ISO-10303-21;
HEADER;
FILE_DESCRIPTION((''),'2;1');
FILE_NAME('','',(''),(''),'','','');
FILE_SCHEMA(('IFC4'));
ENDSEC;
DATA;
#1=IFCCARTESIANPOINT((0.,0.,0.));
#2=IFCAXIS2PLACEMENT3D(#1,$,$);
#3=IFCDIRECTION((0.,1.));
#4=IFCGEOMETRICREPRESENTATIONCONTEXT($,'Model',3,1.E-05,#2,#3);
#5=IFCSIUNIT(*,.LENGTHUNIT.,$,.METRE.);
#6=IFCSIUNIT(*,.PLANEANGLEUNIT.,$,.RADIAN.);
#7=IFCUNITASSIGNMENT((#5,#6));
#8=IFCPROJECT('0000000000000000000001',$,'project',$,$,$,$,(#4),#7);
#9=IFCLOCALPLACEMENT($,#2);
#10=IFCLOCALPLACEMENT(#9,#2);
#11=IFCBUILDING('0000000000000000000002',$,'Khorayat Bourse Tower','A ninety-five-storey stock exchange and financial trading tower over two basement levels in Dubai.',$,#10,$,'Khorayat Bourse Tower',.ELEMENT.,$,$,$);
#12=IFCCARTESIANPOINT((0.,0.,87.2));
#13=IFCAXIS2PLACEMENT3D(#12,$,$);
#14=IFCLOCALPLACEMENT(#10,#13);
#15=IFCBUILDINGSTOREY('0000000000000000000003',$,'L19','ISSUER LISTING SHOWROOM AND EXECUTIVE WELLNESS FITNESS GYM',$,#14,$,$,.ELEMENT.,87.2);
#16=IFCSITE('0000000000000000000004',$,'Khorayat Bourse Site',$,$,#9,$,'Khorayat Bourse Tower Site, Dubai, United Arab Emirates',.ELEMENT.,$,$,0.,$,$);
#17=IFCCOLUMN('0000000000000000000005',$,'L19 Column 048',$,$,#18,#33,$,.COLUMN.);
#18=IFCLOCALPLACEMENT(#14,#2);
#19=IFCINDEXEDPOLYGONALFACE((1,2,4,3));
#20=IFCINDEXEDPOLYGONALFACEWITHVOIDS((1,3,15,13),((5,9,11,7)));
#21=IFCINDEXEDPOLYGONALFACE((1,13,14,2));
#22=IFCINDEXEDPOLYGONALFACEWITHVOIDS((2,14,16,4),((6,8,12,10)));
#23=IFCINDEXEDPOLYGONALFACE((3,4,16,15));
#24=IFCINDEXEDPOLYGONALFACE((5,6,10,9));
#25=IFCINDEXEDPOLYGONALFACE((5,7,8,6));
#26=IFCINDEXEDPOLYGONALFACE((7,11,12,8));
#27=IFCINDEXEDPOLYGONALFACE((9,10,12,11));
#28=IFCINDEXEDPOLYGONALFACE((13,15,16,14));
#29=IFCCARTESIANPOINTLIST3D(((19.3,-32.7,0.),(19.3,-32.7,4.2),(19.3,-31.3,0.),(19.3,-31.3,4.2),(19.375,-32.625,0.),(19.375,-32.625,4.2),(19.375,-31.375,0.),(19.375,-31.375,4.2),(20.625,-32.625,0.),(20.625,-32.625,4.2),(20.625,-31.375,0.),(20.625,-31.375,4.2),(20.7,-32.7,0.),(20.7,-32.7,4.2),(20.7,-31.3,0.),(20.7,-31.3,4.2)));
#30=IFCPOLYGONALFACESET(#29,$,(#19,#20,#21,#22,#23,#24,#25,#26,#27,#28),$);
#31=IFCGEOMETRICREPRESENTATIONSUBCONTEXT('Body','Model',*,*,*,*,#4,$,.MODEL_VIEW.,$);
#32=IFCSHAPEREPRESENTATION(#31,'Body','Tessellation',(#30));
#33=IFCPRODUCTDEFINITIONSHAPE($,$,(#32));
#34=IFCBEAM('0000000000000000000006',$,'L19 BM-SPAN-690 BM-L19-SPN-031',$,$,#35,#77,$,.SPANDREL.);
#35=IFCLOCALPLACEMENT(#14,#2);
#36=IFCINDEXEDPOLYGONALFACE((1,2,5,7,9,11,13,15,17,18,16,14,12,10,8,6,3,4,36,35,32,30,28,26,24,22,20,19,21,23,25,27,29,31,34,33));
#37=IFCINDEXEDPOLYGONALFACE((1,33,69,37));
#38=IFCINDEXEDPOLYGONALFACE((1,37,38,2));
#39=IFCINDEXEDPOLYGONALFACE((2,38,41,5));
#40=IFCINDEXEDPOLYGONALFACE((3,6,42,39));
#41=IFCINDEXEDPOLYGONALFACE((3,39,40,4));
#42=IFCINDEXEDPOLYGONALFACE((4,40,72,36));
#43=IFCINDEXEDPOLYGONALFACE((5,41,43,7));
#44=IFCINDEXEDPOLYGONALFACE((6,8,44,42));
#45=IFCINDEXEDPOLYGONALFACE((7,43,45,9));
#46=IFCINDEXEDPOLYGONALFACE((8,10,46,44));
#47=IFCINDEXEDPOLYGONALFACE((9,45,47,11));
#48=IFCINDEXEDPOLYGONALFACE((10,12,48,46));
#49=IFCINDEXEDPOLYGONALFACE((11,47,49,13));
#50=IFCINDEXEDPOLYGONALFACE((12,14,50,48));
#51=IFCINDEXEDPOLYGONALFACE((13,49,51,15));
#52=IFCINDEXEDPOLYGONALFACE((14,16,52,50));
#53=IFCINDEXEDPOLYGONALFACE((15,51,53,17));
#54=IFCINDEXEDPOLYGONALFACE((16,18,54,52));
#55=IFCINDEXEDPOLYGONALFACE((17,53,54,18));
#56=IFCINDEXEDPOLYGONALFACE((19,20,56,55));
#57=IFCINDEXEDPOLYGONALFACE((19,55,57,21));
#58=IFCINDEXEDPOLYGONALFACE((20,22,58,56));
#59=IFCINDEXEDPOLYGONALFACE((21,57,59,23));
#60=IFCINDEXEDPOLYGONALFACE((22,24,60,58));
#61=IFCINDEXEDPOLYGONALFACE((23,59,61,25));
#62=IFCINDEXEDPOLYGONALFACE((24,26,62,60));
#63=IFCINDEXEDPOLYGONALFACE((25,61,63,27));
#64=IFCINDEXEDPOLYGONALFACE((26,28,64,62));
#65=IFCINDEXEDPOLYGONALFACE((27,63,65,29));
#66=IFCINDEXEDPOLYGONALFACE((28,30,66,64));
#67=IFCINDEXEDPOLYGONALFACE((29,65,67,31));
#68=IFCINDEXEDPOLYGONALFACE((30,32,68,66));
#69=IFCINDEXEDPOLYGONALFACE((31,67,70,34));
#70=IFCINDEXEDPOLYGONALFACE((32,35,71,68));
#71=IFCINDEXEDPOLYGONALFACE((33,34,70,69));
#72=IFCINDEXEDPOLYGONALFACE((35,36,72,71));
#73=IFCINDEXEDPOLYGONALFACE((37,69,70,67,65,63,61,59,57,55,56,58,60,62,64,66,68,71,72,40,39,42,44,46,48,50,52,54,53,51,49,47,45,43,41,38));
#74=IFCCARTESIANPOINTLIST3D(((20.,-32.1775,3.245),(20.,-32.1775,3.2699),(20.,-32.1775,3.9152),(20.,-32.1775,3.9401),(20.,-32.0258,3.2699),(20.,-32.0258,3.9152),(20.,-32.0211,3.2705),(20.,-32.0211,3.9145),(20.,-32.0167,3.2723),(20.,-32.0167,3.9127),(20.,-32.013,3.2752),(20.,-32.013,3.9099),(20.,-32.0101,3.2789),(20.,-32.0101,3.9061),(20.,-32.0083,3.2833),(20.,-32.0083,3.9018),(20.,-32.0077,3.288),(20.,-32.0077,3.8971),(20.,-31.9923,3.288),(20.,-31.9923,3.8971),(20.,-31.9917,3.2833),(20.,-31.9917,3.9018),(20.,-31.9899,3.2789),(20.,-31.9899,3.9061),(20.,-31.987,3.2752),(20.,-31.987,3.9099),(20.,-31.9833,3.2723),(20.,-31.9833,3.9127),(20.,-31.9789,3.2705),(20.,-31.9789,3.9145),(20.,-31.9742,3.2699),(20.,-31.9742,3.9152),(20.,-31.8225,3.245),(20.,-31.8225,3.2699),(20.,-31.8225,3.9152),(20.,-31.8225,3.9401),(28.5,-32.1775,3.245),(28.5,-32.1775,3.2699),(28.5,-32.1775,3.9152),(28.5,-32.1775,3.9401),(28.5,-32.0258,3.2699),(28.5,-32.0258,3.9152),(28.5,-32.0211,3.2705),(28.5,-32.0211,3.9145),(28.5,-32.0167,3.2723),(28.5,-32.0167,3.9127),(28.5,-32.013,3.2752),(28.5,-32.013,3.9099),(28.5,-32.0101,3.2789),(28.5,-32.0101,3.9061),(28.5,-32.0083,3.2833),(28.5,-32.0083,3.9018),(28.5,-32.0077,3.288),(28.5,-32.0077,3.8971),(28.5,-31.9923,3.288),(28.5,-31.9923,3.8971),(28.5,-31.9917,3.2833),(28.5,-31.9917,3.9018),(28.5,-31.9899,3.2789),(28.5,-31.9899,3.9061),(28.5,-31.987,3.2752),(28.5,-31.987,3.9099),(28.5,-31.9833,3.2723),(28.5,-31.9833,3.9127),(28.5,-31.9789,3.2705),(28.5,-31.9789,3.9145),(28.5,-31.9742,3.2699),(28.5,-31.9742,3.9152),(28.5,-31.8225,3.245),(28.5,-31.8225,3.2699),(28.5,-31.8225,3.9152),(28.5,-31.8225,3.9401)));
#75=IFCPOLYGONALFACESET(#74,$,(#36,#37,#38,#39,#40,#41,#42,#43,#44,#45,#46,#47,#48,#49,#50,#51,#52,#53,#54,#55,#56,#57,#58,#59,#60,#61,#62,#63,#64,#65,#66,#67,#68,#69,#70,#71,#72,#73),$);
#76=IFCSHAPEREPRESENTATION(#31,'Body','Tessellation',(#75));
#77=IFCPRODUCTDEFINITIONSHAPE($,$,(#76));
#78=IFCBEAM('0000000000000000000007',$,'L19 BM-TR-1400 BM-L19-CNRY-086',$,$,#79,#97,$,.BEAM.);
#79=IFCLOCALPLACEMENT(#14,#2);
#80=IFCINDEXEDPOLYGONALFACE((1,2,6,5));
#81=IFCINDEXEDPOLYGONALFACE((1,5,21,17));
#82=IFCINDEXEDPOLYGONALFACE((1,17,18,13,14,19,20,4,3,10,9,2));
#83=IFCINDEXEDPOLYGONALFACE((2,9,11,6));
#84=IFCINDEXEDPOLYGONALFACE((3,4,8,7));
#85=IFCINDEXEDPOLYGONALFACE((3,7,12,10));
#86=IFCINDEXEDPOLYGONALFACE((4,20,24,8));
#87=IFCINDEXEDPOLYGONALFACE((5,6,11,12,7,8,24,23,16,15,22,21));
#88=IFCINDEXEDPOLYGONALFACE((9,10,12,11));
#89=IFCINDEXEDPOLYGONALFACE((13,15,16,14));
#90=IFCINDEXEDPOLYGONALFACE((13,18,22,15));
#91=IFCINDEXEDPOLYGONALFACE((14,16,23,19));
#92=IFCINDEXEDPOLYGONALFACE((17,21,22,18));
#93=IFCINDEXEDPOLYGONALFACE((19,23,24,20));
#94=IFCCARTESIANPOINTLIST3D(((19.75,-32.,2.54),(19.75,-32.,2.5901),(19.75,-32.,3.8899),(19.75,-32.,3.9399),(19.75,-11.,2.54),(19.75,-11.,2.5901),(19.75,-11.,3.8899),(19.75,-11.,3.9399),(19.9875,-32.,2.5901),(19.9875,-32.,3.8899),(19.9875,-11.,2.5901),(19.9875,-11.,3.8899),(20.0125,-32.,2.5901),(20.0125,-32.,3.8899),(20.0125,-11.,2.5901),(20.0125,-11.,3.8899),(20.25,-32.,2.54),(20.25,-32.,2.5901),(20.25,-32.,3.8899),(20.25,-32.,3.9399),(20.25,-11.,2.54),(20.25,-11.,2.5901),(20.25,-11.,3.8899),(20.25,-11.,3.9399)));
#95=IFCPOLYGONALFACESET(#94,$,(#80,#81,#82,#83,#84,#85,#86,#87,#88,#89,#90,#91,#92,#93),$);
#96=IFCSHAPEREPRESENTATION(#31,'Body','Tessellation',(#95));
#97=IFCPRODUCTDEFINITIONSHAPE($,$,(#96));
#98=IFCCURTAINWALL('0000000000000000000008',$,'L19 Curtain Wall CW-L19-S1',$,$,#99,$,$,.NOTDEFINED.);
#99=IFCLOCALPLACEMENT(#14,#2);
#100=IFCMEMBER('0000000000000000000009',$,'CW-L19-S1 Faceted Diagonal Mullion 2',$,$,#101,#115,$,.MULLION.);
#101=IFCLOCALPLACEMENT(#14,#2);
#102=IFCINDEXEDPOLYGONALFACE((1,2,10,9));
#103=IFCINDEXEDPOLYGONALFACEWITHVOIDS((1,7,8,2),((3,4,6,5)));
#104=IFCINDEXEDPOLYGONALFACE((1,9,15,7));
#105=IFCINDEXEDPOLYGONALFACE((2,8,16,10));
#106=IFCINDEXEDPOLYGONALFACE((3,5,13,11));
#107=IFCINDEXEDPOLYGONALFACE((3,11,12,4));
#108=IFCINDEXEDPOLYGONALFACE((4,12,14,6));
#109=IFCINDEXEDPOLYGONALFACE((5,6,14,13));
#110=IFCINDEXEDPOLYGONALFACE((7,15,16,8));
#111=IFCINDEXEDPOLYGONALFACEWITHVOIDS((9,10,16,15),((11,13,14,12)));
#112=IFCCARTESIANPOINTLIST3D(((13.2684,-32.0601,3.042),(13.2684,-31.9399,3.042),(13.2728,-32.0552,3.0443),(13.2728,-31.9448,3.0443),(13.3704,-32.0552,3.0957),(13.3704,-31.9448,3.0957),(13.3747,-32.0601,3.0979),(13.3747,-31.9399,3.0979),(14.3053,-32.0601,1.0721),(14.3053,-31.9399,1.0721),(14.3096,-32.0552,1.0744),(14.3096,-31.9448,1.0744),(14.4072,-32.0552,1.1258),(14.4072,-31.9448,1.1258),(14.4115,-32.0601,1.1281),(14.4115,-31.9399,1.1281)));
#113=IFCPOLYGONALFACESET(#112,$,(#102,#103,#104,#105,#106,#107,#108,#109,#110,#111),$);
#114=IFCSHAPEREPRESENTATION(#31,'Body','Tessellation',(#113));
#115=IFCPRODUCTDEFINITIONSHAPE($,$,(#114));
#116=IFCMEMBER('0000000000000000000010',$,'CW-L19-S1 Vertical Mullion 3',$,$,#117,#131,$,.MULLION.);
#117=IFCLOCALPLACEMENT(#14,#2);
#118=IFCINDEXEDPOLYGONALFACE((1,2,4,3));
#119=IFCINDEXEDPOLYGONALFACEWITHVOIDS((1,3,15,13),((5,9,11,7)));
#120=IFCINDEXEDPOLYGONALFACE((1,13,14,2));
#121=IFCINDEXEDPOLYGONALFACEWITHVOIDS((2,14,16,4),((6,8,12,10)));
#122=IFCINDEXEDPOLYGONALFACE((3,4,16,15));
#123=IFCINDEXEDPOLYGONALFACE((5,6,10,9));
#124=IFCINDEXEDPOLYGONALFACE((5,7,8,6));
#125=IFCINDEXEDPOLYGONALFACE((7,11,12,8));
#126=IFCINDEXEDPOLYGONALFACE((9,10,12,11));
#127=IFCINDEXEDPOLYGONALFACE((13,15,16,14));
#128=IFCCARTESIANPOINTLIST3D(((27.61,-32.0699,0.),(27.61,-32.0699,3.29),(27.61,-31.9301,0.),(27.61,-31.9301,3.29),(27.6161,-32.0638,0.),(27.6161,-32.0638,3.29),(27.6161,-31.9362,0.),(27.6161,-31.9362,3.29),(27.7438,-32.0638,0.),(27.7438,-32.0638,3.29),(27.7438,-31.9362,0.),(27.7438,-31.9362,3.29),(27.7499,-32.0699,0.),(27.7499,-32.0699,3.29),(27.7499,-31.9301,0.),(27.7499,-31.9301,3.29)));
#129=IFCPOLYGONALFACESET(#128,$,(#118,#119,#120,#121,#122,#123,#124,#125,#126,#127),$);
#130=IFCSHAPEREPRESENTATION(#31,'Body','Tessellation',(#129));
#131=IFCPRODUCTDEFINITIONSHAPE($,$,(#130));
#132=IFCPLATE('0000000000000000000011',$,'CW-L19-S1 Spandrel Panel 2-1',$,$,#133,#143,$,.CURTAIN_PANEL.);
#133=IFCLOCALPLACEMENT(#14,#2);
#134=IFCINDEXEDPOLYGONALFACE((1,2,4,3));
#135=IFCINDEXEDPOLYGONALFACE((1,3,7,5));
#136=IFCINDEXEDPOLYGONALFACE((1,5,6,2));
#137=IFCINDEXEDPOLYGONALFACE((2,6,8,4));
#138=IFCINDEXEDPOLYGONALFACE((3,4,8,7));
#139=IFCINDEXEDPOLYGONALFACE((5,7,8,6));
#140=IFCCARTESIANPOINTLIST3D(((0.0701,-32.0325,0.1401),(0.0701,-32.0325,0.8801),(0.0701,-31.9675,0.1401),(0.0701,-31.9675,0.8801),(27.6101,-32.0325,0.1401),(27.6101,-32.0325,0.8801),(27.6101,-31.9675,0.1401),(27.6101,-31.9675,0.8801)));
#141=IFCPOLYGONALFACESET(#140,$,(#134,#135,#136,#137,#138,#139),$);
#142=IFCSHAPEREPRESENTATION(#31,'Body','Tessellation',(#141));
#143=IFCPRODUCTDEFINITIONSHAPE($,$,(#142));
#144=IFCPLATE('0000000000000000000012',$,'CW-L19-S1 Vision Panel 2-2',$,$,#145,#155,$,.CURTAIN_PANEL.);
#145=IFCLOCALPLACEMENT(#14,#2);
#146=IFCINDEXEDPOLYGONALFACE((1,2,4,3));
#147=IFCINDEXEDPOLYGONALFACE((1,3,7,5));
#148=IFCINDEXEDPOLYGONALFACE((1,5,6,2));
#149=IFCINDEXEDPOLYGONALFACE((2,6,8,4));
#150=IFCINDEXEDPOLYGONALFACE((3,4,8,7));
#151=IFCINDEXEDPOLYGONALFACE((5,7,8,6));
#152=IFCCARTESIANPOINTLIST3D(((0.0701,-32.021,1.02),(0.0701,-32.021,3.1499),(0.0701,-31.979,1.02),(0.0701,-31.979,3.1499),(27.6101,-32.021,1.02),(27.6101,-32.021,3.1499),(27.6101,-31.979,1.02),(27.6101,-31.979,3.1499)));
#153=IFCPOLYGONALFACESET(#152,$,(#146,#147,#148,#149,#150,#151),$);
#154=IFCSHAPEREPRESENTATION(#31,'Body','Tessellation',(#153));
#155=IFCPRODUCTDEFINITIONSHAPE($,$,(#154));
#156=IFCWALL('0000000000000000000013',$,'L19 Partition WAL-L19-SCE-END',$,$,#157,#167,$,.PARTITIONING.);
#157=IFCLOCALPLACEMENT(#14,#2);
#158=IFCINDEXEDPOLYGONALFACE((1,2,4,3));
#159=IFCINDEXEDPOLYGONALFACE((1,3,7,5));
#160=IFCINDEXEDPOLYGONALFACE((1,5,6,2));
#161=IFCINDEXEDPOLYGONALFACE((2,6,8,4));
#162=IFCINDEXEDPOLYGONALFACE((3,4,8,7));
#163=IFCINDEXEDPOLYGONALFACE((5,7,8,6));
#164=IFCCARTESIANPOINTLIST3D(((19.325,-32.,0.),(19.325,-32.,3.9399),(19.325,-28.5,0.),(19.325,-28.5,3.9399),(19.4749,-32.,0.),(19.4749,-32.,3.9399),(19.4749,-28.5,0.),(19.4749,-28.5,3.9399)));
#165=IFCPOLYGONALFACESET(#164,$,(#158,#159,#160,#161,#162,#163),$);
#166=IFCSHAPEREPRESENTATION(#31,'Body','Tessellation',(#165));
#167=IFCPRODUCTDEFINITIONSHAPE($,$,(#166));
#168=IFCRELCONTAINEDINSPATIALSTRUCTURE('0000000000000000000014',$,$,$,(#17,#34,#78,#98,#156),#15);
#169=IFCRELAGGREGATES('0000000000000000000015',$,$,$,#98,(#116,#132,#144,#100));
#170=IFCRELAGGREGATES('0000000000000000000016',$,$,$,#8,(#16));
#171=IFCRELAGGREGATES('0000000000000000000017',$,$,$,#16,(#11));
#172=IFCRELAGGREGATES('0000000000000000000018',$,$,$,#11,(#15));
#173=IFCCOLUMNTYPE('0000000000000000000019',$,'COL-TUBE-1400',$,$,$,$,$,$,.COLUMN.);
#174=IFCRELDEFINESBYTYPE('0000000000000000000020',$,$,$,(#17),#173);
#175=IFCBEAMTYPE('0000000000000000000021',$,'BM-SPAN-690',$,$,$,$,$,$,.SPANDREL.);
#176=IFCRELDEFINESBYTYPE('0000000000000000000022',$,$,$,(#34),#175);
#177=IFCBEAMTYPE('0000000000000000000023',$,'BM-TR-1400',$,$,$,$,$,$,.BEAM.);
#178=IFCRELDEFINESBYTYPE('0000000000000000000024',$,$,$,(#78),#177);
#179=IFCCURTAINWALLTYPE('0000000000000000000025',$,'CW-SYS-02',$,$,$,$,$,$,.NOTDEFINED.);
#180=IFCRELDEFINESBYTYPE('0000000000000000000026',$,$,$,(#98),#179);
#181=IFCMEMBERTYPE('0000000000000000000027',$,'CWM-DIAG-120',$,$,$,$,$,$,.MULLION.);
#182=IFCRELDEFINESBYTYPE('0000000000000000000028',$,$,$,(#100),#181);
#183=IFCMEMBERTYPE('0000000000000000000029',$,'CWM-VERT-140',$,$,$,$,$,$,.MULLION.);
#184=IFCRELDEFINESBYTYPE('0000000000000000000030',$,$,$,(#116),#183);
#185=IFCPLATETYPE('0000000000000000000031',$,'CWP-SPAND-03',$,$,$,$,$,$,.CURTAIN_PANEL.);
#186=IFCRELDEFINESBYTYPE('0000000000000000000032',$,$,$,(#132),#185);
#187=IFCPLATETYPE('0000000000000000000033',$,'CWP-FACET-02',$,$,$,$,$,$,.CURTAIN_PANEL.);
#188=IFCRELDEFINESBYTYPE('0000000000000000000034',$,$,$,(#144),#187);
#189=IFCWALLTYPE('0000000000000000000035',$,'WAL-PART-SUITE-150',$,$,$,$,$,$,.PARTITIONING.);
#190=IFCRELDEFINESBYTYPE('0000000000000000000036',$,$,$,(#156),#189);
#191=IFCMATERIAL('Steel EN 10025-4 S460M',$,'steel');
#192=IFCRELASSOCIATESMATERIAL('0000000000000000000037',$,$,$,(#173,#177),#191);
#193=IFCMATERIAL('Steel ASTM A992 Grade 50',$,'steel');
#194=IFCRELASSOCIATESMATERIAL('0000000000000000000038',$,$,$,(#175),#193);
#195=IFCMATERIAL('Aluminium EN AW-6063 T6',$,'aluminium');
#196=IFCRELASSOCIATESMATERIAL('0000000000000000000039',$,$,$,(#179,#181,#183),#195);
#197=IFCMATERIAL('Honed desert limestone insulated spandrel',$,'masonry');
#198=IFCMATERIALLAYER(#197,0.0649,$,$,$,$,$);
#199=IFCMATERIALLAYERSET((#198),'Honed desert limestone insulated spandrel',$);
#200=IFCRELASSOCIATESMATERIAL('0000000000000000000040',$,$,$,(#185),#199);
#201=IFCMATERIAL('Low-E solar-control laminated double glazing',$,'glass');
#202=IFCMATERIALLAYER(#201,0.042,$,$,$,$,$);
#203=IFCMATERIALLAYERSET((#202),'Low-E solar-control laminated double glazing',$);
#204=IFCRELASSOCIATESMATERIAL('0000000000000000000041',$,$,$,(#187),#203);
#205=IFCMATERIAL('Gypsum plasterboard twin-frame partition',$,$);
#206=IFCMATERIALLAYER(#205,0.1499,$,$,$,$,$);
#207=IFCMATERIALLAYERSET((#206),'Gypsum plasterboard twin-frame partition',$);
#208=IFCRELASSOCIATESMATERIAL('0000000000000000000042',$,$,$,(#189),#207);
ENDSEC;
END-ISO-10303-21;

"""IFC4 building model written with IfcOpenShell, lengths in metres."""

from ifc_helpers import new_model, si_unit, direction, frame, frame_2d, origin, origin_2d, place, context, subcontext, project, spatial, rectangle, hollow_rectangle, i_section, extrude, source, transform, mapped, material, layer, layer_set, material_profile, profile_set, type_object, element, aggregate, save


model = new_model("IFC4")

# Units and contexts
model_context = context("Model", 3, precision=1e-05, world=origin(), true_north=direction((0.0, 1.0)))
body_context = subcontext(model_context, "Body", "Model", "MODEL_VIEW")
ifc_project = project(units=[si_unit("LENGTHUNIT", "METRE"), si_unit("PLANEANGLEUNIT", "RADIAN")], contexts=[model_context])

# Site, building, storey
site_placement = place(None, origin())
site = spatial("IfcSite", under=ifc_project, at=site_placement, Name="Khorayat Bourse Site", LongName="Khorayat Bourse Tower Site, Dubai, United Arab Emirates", CompositionType="ELEMENT", RefElevation=0.0)
building_placement = place(site_placement, origin())
building = spatial("IfcBuilding", under=site, at=building_placement, Name="Khorayat Bourse Tower", Description="A ninety-five-storey stock exchange and financial trading tower over two basement levels in Dubai.", LongName="Khorayat Bourse Tower", CompositionType="ELEMENT")
storey_placement = place(building_placement, frame((0.0, 0.0, 87.2)))
storey = spatial("IfcBuildingStorey", under=building, at=storey_placement, Name="L19", Description="ISSUER LISTING SHOWROOM AND EXECUTIVE WELLNESS FITNESS GYM", CompositionType="ELEMENT", Elevation=87.2)

# Column
ifc_material_1 = material(Name="Steel EN 10025-4 S460M", Category="steel")
ifc_material_profile_1 = material_profile(ifc_material_1, hollow_rectangle(XDim=1.3999, YDim=1.3999, WallThickness=0.075, at=origin_2d()), Name="BOX 1400x1400x75")
ifc_profile_set_1 = profile_set([ifc_material_profile_1], Name="Steel EN 10025-4 S460M")
column_type = type_object("IfcColumnType", Name="COL-TUBE-1400", PredefinedType="COLUMN", material=ifc_profile_set_1)
shared_shape_1 = source(origin(), body_context, "Body", "SweptSolid", [
    extrude(hollow_rectangle(XDim=1.3999, YDim=1.3999, WallThickness=0.075, at=origin_2d()), origin(), (0.0, 0.0, 1.0), 4.2),
])
column_placement = place(storey_placement, frame((20.0, -32.0, 0.0), z_axis=(0.0, 0.0, 1.0), x_axis=(1.0, 0.0, 0.0)))
element("IfcColumn", 1, at=column_placement, inside=storey, type_object=column_type, Name="L19 Column 048", PredefinedType="COLUMN", context=body_context, shape_type="MappedRepresentation", body=[
    mapped(shared_shape_1, transform((0.0, 0.0, 0.0), scale=1.0)),
])

# Beams
ifc_material_2 = material(Name="Steel ASTM A992 Grade 50", Category="steel")
ifc_material_profile_2 = material_profile(ifc_material_2, i_section(OverallWidth=0.355, OverallDepth=0.6951, WebThickness=0.0154, FlangeThickness=0.0249, FilletRadius=0.0181, at=origin_2d()), Name="W690X217")
ifc_profile_set_2 = profile_set([ifc_material_profile_2], Name="Steel ASTM A992 Grade 50")
beam_type_1 = type_object("IfcBeamType", Name="BM-SPAN-690", PredefinedType="SPANDREL", material=ifc_profile_set_2)
shared_shape_2 = source(origin(), body_context, "Body", "SweptSolid", [
    extrude(i_section(OverallWidth=0.355, OverallDepth=0.6951, WebThickness=0.0154, FlangeThickness=0.0249, FilletRadius=0.0181, at=origin_2d()), origin(), (0.0, 0.0, 1.0), 8.5),
])
beam_1_placement = place(storey_placement, frame((20.0, -32.0, 3.5925), z_axis=(1.0, 0.0, 0.0), x_axis=(0.0, 1.0, 0.0)))
element("IfcBeam", 2, at=beam_1_placement, inside=storey, type_object=beam_type_1, Name="L19 BM-SPAN-690 BM-L19-SPN-031", PredefinedType="SPANDREL", context=body_context, shape_type="MappedRepresentation", body=[
    mapped(shared_shape_2, transform((0.0, 0.0, 0.0), scale=1.0)),
])
ifc_material_profile_3 = material_profile(ifc_material_1, i_section(OverallWidth=0.5, OverallDepth=1.3999, WebThickness=0.0249, FlangeThickness=0.05, at=origin_2d()), Name="PG 1400x500x25x50")
ifc_profile_set_3 = profile_set([ifc_material_profile_3], Name="Steel EN 10025-4 S460M")
beam_type_2 = type_object("IfcBeamType", Name="BM-TR-1400", PredefinedType="BEAM", material=ifc_profile_set_3)
shared_shape_3 = source(origin(), body_context, "Body", "SweptSolid", [
    extrude(i_section(OverallWidth=0.5, OverallDepth=1.3999, WebThickness=0.0249, FlangeThickness=0.05, at=origin_2d()), origin(), (0.0, 0.0, 1.0), 21.0),
])
beam_2_placement = place(storey_placement, frame((20.0, -32.0, 3.24), z_axis=(0.0, 1.0, 0.0), x_axis=(-1.0, 0.0, 0.0)))
element("IfcBeam", 3, at=beam_2_placement, inside=storey, type_object=beam_type_2, Name="L19 BM-TR-1400 BM-L19-CNRY-086", PredefinedType="BEAM", context=body_context, shape_type="MappedRepresentation", body=[
    mapped(shared_shape_3, transform((0.0, 0.0, 0.0), scale=1.0)),
])

# Curtain wall, members, plates
ifc_material_3 = material(Name="Aluminium EN AW-6063 T6", Category="aluminium")
curtain_wall_type = type_object("IfcCurtainWallType", Name="CW-SYS-02", PredefinedType="NOTDEFINED", material=ifc_material_3)
curtain_wall_placement = place(storey_placement, origin())
curtain_wall = element("IfcCurtainWall", 4, at=curtain_wall_placement, inside=storey, type_object=curtain_wall_type, Name="L19 Curtain Wall CW-L19-S1", PredefinedType="NOTDEFINED")
ifc_material_profile_4 = material_profile(ifc_material_3, hollow_rectangle(XDim=0.1201, YDim=0.1201, WallThickness=0.0049, at=origin_2d()), Name="ALU 120x120x5")
ifc_profile_set_4 = profile_set([ifc_material_profile_4], Name="Aluminium EN AW-6063 T6")
member_type_1 = type_object("IfcMemberType", Name="CWM-DIAG-120", PredefinedType="MULLION", material=ifc_profile_set_4)
shared_shape_4 = source(origin(), body_context, "Body", "SweptSolid", [
    extrude(hollow_rectangle(XDim=0.1201, YDim=0.1201, WallThickness=0.0049, at=origin_2d()), origin(), (0.0, 0.0, 1.0), 2.2261),
])
member_1_placement = place(storey_placement, frame((14.3584, -32.0, 1.1001), z_axis=(-0.46576, 0.0, 0.884911), x_axis=(0.0, -1.0, 0.0)))
member_1 = element("IfcMember", 5, at=member_1_placement, type_object=member_type_1, Name="CW-L19-S1 Faceted Diagonal Mullion 2", PredefinedType="MULLION", context=body_context, shape_type="MappedRepresentation", body=[
    mapped(shared_shape_4, transform((0.0, 0.0, 0.0), scale=1.0)),
])
ifc_material_profile_5 = material_profile(ifc_material_3, hollow_rectangle(XDim=0.1399, YDim=0.1399, WallThickness=0.0061, at=origin_2d()), Name="ALU 140x140x6")
ifc_profile_set_5 = profile_set([ifc_material_profile_5], Name="Aluminium EN AW-6063 T6")
member_type_2 = type_object("IfcMemberType", Name="CWM-VERT-140", PredefinedType="MULLION", material=ifc_profile_set_5)
shared_shape_5 = source(origin(), body_context, "Body", "SweptSolid", [
    extrude(hollow_rectangle(XDim=0.1399, YDim=0.1399, WallThickness=0.0061, at=origin_2d()), origin(), (0.0, 0.0, 1.0), 3.29),
])
member_2_placement = place(storey_placement, frame((27.6799, -32.0, 0.0), z_axis=(0.0, 0.0, 1.0), x_axis=(0.0, 1.0, 0.0)))
member_2 = element("IfcMember", 6, at=member_2_placement, type_object=member_type_2, Name="CW-L19-S1 Vertical Mullion 3", PredefinedType="MULLION", context=body_context, shape_type="MappedRepresentation", body=[
    mapped(shared_shape_5, transform((0.0, 0.0, 0.0), scale=1.0)),
])
ifc_material_4 = material(Name="Honed desert limestone insulated spandrel", Category="masonry")
ifc_layer_1 = layer(ifc_material_4, 0.0649)
ifc_layer_set_1 = layer_set([ifc_layer_1], Name="Honed desert limestone insulated spandrel")
plate_type_1 = type_object("IfcPlateType", Name="CWP-SPAND-03", PredefinedType="CURTAIN_PANEL", material=ifc_layer_set_1)
shared_shape_6 = source(origin(), body_context, "Body", "SweptSolid", [
    extrude(rectangle(XDim=27.54, YDim=0.0649, at=origin_2d()), origin(), (0.0, 0.0, 1.0), 0.74),
])
plate_1_placement = place(storey_placement, frame((13.8401, -32.0, 0.1401), z_axis=(0.0, 0.0, 1.0), x_axis=(1.0, 0.0, 0.0)))
plate_1 = element("IfcPlate", 7, at=plate_1_placement, type_object=plate_type_1, Name="CW-L19-S1 Spandrel Panel 2-1", PredefinedType="CURTAIN_PANEL", context=body_context, shape_type="MappedRepresentation", body=[
    mapped(shared_shape_6, transform((0.0, 0.0, 0.0), scale=1.0)),
])
ifc_material_5 = material(Name="Low-E solar-control laminated double glazing", Category="glass")
ifc_layer_2 = layer(ifc_material_5, 0.042)
ifc_layer_set_2 = layer_set([ifc_layer_2], Name="Low-E solar-control laminated double glazing")
plate_type_2 = type_object("IfcPlateType", Name="CWP-FACET-02", PredefinedType="CURTAIN_PANEL", material=ifc_layer_set_2)
shared_shape_7 = source(origin(), body_context, "Body", "SweptSolid", [
    extrude(rectangle(XDim=27.54, YDim=0.042, at=origin_2d()), origin(), (0.0, 0.0, 1.0), 2.1299),
])
plate_2_placement = place(storey_placement, frame((13.8401, -32.0, 1.02), z_axis=(0.0, 0.0, 1.0), x_axis=(1.0, 0.0, 0.0)))
plate_2 = element("IfcPlate", 8, at=plate_2_placement, type_object=plate_type_2, Name="CW-L19-S1 Vision Panel 2-2", PredefinedType="CURTAIN_PANEL", context=body_context, shape_type="MappedRepresentation", body=[
    mapped(shared_shape_7, transform((0.0, 0.0, 0.0), scale=1.0)),
])
aggregate(curtain_wall, [member_2, plate_1, plate_2, member_1])

# Wall
ifc_material_6 = material(Name="Gypsum plasterboard twin-frame partition")
ifc_layer_3 = layer(ifc_material_6, 0.1499)
ifc_layer_set_3 = layer_set([ifc_layer_3], Name="Gypsum plasterboard twin-frame partition")
wall_type_1 = type_object("IfcWallType", Name="WAL-PART-SUITE-150", PredefinedType="PARTITIONING", material=ifc_layer_set_3)
shared_shape_8 = source(origin(), body_context, "Body", "SweptSolid", [
    extrude(rectangle(XDim=3.5, YDim=0.1499, at=frame_2d((1.75, 0.0))), origin(), (0.0, 0.0, 1.0), 3.9399),
])
wall_1_placement = place(storey_placement, frame((19.3999, -32.0, 0.0), z_axis=(0.0, 0.0, 1.0), x_axis=(0.0, 1.0, 0.0)))
element("IfcWall", 9, at=wall_1_placement, inside=storey, type_object=wall_type_1, Name="L19 Partition WAL-L19-SCE-END", PredefinedType="PARTITIONING", context=body_context, shape_type="MappedRepresentation", body=[
    mapped(shared_shape_8, transform((0.0, 0.0, 0.0), scale=1.0)),
])

save(model, "model.ifc")
